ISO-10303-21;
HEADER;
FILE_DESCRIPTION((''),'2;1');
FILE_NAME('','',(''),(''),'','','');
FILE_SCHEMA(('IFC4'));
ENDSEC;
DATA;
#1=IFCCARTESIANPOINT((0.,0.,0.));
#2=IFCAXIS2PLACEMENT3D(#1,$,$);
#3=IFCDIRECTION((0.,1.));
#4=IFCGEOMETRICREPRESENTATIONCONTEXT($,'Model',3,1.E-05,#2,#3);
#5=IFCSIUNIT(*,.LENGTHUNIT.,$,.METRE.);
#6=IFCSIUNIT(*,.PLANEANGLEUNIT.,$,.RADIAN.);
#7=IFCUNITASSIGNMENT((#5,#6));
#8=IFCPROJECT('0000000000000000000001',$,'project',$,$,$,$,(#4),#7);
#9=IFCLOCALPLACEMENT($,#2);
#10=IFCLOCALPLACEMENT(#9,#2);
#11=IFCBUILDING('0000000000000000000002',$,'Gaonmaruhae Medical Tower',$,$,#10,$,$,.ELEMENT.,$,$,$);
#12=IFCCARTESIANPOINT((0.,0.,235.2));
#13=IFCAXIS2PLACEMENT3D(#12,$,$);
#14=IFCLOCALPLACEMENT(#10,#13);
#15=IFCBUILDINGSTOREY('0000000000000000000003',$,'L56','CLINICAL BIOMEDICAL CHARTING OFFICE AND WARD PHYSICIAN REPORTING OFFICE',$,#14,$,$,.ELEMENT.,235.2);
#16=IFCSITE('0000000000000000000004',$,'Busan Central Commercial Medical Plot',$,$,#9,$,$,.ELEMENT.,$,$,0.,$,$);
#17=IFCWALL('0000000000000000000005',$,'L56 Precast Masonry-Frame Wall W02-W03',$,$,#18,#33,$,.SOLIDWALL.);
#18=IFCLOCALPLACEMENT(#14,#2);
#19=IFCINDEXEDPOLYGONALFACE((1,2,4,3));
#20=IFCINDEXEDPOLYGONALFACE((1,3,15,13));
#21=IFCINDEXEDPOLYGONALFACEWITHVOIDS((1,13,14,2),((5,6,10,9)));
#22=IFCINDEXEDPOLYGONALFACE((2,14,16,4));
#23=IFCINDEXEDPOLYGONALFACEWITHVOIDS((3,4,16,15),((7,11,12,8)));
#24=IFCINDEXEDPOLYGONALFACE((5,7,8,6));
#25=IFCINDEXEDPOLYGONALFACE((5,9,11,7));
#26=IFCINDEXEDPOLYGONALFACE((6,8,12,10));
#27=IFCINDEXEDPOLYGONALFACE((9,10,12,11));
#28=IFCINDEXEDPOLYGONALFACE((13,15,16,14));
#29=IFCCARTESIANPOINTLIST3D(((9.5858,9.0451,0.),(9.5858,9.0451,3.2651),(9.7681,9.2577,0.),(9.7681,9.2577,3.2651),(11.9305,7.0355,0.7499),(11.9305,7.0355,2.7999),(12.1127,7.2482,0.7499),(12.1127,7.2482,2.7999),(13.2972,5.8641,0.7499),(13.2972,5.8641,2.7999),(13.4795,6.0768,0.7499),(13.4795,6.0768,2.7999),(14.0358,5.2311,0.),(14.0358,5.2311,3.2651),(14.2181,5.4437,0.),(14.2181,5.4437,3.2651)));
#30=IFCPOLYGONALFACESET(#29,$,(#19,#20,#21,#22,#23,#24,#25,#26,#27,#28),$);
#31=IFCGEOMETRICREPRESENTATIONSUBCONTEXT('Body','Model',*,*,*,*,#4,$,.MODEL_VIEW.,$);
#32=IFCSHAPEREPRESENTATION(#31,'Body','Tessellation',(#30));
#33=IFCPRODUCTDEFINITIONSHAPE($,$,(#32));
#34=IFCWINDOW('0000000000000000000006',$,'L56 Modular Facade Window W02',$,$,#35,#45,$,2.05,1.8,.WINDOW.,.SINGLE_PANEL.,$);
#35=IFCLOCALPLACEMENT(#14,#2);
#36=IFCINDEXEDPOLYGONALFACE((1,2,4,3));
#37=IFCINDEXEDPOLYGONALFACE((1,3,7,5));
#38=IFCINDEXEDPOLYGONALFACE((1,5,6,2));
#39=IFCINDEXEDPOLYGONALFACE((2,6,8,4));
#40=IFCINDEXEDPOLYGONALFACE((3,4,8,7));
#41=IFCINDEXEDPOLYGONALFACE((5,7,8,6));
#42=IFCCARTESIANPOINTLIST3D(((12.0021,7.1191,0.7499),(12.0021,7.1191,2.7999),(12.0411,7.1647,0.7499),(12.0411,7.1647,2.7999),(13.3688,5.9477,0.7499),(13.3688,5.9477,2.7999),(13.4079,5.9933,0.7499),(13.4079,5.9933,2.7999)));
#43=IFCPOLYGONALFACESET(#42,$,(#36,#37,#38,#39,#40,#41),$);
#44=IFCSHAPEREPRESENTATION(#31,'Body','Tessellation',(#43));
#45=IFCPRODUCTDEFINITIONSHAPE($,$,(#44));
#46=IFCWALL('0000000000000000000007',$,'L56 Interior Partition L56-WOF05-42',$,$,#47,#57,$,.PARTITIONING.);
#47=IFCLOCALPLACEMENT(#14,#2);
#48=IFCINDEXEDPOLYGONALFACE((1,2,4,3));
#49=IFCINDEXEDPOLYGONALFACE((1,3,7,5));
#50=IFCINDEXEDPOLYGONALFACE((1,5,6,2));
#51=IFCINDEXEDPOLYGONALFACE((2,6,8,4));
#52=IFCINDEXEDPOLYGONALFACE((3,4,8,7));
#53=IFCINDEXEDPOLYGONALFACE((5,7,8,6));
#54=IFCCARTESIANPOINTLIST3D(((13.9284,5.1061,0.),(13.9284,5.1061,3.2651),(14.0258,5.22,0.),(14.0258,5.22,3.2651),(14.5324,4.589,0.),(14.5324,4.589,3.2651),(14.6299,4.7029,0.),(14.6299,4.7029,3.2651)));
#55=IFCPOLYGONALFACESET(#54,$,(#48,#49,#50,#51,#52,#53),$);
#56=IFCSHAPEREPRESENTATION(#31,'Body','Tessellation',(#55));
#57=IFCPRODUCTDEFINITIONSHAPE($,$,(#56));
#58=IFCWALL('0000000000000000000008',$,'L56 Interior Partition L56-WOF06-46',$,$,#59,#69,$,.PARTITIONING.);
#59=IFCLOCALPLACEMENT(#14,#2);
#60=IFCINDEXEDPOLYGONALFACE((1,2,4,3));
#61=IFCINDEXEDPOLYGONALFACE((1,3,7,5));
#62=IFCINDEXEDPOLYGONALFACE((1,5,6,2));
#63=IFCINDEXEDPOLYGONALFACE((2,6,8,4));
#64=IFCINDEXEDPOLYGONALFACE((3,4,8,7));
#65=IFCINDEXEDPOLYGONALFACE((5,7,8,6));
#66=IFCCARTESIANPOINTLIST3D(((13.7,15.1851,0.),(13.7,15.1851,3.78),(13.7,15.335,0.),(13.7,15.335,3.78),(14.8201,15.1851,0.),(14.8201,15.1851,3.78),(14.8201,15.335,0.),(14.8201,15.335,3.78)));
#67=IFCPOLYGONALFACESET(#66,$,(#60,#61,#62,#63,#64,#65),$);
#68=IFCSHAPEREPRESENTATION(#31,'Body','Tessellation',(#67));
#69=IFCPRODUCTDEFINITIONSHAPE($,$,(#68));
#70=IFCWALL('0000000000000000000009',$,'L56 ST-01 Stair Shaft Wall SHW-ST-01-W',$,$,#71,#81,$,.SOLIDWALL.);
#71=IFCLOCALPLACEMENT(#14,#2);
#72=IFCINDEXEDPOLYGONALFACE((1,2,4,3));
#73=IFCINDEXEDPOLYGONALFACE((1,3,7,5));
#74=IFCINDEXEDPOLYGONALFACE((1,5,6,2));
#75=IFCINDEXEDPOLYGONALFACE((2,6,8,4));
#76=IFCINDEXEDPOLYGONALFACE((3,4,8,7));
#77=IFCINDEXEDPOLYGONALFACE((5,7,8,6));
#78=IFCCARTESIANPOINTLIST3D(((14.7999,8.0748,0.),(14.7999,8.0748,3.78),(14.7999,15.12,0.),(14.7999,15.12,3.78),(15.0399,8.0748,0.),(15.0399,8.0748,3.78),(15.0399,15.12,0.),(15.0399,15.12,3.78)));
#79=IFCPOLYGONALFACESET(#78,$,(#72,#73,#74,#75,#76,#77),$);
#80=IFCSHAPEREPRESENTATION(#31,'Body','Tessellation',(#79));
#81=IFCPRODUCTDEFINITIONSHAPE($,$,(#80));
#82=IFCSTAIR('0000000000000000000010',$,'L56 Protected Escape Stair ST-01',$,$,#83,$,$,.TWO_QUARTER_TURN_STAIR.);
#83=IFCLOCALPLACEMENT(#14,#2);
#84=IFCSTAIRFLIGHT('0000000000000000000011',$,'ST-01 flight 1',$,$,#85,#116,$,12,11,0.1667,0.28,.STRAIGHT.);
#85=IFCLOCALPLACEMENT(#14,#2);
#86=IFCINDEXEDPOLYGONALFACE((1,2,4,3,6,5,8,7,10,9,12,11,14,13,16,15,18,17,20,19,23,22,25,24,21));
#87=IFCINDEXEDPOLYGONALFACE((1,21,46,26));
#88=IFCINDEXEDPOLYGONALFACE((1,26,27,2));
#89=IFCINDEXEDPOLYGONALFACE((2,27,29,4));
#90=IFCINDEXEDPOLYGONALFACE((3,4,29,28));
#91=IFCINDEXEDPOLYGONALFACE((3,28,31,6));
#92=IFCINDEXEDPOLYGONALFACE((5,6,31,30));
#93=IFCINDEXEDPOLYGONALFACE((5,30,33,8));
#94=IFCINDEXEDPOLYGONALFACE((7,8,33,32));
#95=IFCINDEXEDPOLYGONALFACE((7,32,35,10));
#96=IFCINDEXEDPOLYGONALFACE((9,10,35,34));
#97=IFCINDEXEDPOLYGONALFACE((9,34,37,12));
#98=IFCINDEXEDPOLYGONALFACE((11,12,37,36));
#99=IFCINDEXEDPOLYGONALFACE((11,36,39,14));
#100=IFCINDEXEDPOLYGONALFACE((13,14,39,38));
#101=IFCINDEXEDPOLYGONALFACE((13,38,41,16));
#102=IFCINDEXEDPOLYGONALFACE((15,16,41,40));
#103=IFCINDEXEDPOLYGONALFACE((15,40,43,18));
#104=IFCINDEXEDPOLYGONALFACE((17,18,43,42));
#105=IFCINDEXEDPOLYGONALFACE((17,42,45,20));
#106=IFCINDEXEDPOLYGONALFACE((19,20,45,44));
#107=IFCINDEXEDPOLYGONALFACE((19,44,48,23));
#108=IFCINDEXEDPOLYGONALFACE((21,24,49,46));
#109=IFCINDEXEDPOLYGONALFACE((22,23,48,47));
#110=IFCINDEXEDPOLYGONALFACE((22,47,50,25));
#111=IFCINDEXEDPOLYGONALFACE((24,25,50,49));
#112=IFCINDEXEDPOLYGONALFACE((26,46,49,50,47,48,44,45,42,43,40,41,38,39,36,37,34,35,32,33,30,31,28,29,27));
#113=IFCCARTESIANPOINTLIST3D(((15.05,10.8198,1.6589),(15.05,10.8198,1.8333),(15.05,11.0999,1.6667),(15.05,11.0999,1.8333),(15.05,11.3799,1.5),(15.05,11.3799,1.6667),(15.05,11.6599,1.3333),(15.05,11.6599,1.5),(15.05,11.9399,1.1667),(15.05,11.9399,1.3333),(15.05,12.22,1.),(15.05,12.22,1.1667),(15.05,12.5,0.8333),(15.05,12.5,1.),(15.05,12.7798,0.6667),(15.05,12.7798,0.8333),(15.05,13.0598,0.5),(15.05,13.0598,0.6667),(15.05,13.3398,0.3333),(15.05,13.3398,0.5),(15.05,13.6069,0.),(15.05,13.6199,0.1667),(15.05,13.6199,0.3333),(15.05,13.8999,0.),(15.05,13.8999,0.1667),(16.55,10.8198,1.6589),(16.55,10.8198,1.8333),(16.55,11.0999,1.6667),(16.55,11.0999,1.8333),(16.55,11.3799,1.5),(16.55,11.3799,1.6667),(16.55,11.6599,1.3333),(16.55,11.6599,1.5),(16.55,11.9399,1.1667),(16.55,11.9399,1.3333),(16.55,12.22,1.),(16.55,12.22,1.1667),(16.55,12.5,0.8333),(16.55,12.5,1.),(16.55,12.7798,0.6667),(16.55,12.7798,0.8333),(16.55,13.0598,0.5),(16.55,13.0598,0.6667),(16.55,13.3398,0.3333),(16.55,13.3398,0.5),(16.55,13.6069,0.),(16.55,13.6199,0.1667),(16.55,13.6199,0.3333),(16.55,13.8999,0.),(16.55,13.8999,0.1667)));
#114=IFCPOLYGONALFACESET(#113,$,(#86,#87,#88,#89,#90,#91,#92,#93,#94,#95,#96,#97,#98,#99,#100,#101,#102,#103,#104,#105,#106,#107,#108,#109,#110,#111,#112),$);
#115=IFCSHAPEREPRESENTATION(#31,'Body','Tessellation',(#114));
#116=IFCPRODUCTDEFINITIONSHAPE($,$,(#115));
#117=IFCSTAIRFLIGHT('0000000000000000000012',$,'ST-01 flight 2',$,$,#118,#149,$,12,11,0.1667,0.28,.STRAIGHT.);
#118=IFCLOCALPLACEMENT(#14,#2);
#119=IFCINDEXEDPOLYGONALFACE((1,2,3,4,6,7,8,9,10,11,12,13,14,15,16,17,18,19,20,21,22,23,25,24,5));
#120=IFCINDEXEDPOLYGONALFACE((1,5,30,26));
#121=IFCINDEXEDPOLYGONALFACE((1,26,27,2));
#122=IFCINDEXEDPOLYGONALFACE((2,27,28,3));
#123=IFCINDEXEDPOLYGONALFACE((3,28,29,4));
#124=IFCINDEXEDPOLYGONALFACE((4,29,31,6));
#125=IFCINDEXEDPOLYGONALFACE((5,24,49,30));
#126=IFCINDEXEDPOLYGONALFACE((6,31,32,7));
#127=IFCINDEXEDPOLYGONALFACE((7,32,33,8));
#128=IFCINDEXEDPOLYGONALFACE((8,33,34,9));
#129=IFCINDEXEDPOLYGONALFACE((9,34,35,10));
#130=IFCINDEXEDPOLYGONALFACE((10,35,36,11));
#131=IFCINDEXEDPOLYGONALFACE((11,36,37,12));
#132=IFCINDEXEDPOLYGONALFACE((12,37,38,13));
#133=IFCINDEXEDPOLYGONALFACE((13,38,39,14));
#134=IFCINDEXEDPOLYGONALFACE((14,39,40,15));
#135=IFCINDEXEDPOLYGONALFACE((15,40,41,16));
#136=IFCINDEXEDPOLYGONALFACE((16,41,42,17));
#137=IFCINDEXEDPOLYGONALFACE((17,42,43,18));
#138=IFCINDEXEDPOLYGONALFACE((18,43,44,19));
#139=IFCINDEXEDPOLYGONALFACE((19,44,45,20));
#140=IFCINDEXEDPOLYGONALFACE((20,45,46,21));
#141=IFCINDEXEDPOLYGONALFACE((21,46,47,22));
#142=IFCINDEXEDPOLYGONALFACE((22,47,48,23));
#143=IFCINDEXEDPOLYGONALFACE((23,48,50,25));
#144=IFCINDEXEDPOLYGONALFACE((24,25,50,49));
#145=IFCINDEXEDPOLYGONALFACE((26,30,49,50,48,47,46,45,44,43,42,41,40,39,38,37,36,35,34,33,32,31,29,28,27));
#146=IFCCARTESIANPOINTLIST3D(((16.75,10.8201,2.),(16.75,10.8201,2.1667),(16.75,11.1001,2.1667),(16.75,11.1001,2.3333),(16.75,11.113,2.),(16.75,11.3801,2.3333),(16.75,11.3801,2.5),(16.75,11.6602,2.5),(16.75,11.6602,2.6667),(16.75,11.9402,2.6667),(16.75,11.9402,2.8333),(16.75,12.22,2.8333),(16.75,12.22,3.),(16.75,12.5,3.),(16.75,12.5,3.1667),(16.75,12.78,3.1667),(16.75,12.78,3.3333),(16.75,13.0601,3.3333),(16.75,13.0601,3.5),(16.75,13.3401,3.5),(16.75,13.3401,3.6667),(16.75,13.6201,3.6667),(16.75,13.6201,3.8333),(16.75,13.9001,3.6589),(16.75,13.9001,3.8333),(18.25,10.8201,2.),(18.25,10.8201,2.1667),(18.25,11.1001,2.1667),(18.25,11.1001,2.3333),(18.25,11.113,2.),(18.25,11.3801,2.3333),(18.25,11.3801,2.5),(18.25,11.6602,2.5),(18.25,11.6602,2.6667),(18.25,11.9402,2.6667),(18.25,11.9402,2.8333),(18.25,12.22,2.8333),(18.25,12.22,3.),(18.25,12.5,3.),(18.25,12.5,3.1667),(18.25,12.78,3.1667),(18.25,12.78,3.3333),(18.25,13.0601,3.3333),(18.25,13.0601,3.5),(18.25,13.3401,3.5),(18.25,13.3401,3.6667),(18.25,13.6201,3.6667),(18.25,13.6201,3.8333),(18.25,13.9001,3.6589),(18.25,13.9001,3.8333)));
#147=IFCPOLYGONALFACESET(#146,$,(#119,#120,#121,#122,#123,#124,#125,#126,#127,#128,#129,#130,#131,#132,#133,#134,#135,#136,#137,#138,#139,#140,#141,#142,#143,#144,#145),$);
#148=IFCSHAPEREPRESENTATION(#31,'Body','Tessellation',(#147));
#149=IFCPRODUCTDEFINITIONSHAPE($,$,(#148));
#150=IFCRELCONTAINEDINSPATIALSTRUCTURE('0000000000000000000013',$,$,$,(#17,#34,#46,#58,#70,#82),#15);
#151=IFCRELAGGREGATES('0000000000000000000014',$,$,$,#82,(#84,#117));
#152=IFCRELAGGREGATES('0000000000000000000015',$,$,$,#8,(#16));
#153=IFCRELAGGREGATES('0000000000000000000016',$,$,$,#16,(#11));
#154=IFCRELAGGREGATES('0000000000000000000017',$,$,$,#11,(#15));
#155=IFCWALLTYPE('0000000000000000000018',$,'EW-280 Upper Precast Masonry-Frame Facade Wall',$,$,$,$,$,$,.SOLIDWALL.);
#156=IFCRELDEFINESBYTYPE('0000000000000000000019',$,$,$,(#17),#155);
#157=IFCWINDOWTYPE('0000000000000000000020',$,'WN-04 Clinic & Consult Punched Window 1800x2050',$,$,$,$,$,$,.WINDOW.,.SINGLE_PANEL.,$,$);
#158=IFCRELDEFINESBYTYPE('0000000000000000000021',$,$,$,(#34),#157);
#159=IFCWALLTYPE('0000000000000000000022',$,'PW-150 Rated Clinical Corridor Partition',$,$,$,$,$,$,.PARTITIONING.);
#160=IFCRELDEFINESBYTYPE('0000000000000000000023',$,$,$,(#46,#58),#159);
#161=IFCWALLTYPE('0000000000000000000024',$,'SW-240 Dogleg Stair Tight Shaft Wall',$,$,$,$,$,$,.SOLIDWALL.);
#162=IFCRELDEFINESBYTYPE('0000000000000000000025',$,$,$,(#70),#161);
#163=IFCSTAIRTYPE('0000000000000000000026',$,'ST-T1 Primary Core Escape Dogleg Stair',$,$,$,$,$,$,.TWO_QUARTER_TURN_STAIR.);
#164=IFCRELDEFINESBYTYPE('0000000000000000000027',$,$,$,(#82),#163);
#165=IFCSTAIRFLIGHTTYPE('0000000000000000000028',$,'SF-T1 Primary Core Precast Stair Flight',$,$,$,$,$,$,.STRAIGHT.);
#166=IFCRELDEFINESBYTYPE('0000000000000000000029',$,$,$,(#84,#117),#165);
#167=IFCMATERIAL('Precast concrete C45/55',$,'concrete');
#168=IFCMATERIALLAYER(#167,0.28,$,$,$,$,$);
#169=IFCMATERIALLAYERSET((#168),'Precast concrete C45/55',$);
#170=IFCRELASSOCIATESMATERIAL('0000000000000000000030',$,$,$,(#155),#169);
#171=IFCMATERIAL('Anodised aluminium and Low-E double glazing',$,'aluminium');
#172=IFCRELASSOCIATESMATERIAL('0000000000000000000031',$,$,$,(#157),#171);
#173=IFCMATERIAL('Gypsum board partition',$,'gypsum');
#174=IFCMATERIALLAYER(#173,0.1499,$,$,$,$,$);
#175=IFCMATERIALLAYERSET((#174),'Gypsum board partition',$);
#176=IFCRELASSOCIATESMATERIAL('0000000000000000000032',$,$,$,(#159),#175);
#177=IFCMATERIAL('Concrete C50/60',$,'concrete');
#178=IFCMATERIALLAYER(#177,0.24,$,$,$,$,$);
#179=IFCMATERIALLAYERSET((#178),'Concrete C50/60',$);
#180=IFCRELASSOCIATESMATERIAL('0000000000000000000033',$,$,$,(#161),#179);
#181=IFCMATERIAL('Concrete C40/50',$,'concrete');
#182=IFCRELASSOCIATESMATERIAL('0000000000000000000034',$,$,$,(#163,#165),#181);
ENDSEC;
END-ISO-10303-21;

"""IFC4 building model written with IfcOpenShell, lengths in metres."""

from ifc_helpers import new_model, si_unit, direction, frame, frame_2d, origin, place, context, subcontext, project, spatial, polyline, rectangle, outline, extrude, material, layer, layer_set, type_object, element, fill, aggregate, save


model = new_model("IFC4")

# Units and contexts
model_context = context("Model", 3, precision=1e-05, world=origin(), true_north=direction((0.0, 1.0)))
body_context = subcontext(model_context, "Body", "Model", "MODEL_VIEW")
ifc_project = project(units=[si_unit("LENGTHUNIT", "METRE"), si_unit("PLANEANGLEUNIT", "RADIAN")], contexts=[model_context])

# Site, building, storey
site_placement = place(None, origin())
site = spatial("IfcSite", under=ifc_project, at=site_placement, Name="Busan Central Commercial Medical Plot", CompositionType="ELEMENT", RefElevation=0.0)
building_placement = place(site_placement, origin())
building = spatial("IfcBuilding", under=site, at=building_placement, Name="Gaonmaruhae Medical Tower", CompositionType="ELEMENT")
storey_placement = place(building_placement, frame((0.0, 0.0, 235.2)))
storey = spatial("IfcBuildingStorey", under=building, at=storey_placement, Name="L56", Description="CLINICAL BIOMEDICAL CHARTING OFFICE AND WARD PHYSICIAN REPORTING OFFICE", CompositionType="ELEMENT", Elevation=235.2)

# Shared definitions
ifc_material_1 = material(Name="Concrete C50/60", Category="concrete")

# Wall, opening, window
ifc_material_2 = material(Name="Precast concrete C45/55", Category="concrete")
ifc_layer_1 = layer(ifc_material_2, 0.28)
ifc_layer_set_1 = layer_set([ifc_layer_1], Name="Precast concrete C45/55")
wall_type_1 = type_object("IfcWallType", Name="EW-280 Upper Precast Masonry-Frame Facade Wall", PredefinedType="SOLIDWALL", material=ifc_layer_set_1)
wall_1_placement = place(storey_placement, frame((14.127, 5.3374, 0.0), z_axis=(0.0, 0.0, 1.0), x_axis=(-0.75928, 0.650764, 0.0)))
wall_1 = element("IfcWall", 1, at=wall_1_placement, inside=storey, type_object=wall_type_1, Name="L56 Precast Masonry-Frame Wall W02-W03", PredefinedType="SOLIDWALL", context=body_context, shape_type="SweptSolid", body=[
    extrude(rectangle(XDim=5.8608, YDim=0.28, at=frame_2d((2.9304, 0.0))), origin(), (0.0, 0.0, 1.0), 3.2651),
])
opening_1_placement = place(wall_1_placement, frame((0.9729, 0.0, 0.75)))
opening_1 = element("IfcOpeningElement", 2, at=opening_1_placement, cuts=wall_1, PredefinedType="OPENING", context=body_context, shape_type="SweptSolid", body=[
    extrude(rectangle(XDim=1.8, YDim=2.05, at=frame_2d((0.8999, 1.0249))), frame((0.0, 0.1499, 0.0), z_axis=(0.0, -1.0, 0.0), x_axis=(1.0, 0.0, 0.0)), (0.0, 0.0, 1.0), 0.3),
])
ifc_material_3 = material(Name="Anodised aluminium and Low-E double glazing", Category="aluminium")
window_type = type_object("IfcWindowType", Name="WN-04 Clinic & Consult Punched Window 1800x2050", PartitioningType="SINGLE_PANEL", PredefinedType="WINDOW", material=ifc_material_3)
window_placement = place(opening_1_placement, origin())
window = element("IfcWindow", 3, at=window_placement, inside=storey, type_object=window_type, Name="L56 Modular Facade Window W02", OverallHeight=2.05, OverallWidth=1.8, PartitioningType="SINGLE_PANEL", PredefinedType="WINDOW", context=body_context, shape_type="SweptSolid", body=[
    extrude(rectangle(XDim=1.8, YDim=2.05, at=frame_2d((0.8999, 1.0249))), frame((0.0, 0.03, 0.0), z_axis=(0.0, -1.0, 0.0), x_axis=(1.0, 0.0, 0.0)), (0.0, 0.0, 1.0), 0.0601),
])
fill(opening_1, window)

# Walls
ifc_material_4 = material(Name="Gypsum board partition", Category="gypsum")
ifc_layer_2 = layer(ifc_material_4, 0.1499)
ifc_layer_set_2 = layer_set([ifc_layer_2], Name="Gypsum board partition")
wall_type_2 = type_object("IfcWallType", Name="PW-150 Rated Clinical Corridor Partition", PredefinedType="PARTITIONING", material=ifc_layer_set_2)
wall_2_placement = place(storey_placement, frame((14.5811, 4.646, 0.0), z_axis=(0.0, 0.0, 1.0), x_axis=(-0.759647, 0.650336, 0.0)))
element("IfcWall", 4, at=wall_2_placement, inside=storey, type_object=wall_type_2, Name="L56 Interior Partition L56-WOF05-42", PredefinedType="PARTITIONING", context=body_context, shape_type="SweptSolid", body=[
    extrude(rectangle(XDim=0.7952, YDim=0.1499, at=frame_2d((0.3975, 0.0))), origin(), (0.0, 0.0, 1.0), 3.2651),
])
wall_3_placement = place(storey_placement, frame((14.8201, 15.26, 0.0), z_axis=(0.0, 0.0, 1.0), x_axis=(-1.0, 0.0, 0.0)))
element("IfcWall", 5, at=wall_3_placement, inside=storey, type_object=wall_type_2, Name="L56 Interior Partition L56-WOF06-46", PredefinedType="PARTITIONING", context=body_context, shape_type="SweptSolid", body=[
    extrude(rectangle(XDim=1.1201, YDim=0.1499, at=frame_2d((0.5601, 0.0))), origin(), (0.0, 0.0, 1.0), 3.78),
])

# Shared definitions
ifc_layer_3 = layer(ifc_material_1, 0.24)
ifc_layer_set_3 = layer_set([ifc_layer_3], Name="Concrete C50/60")
wall_type_3 = type_object("IfcWallType", Name="SW-240 Dogleg Stair Tight Shaft Wall", PredefinedType="SOLIDWALL", material=ifc_layer_set_3)

# Wall
wall_4_placement = place(storey_placement, frame((14.9199, 8.075, 0.0), z_axis=(0.0, 0.0, 1.0), x_axis=(0.0, 1.0, 0.0)))
element("IfcWall", 6, at=wall_4_placement, inside=storey, type_object=wall_type_3, Name="L56 ST-01 Stair Shaft Wall SHW-ST-01-W", PredefinedType="SOLIDWALL", context=body_context, shape_type="SweptSolid", body=[
    extrude(rectangle(XDim=7.0452, YDim=0.24, at=frame_2d((3.5225, 0.0))), origin(), (0.0, 0.0, 1.0), 3.78),
])

# Stair, stair flights
ifc_material_5 = material(Name="Concrete C40/50", Category="concrete")
stair_type = type_object("IfcStairType", Name="ST-T1 Primary Core Escape Dogleg Stair", PredefinedType="TWO_QUARTER_TURN_STAIR", material=ifc_material_5)
stair_placement = place(storey_placement, origin())
stair = element("IfcStair", 7, at=stair_placement, inside=storey, type_object=stair_type, Name="L56 Protected Escape Stair ST-01", PredefinedType="TWO_QUARTER_TURN_STAIR")
stair_flight_type = type_object("IfcStairFlightType", Name="SF-T1 Primary Core Precast Stair Flight", PredefinedType="STRAIGHT", material=ifc_material_5)
stair_flight_1_placement = place(storey_placement, frame((15.8, 13.8999, 0.0), z_axis=(0.0, 0.0, 1.0), x_axis=(0.0, -1.0, 0.0)))
stair_flight_1 = element("IfcStairFlight", 8, at=stair_flight_1_placement, type_object=stair_flight_type, Name="ST-01 flight 1", NumberOfRisers=12, NumberOfTreads=11, PredefinedType="STRAIGHT", RiserHeight=0.1667, TreadLength=0.28, context=body_context, shape_type="SweptSolid", body=[
    extrude(outline(polyline([(0.0, 0.0), (0.0, 0.1667), (0.28, 0.1667), (0.28, 0.3333), (0.5601, 0.3333), (0.5601, 0.5), (0.8401, 0.5), (0.8401, 0.6667), (1.1201, 0.6667), (1.1201, 0.8333), (1.3999, 0.8333), (1.3999, 1.0), (1.6799, 1.0), (1.6799, 1.1667), (1.96, 1.1667), (1.96, 1.3333), (2.24, 1.3333), (2.24, 1.5), (2.52, 1.5), (2.52, 1.6667), (2.8, 1.6667), (2.8, 1.8333), (3.0801, 1.8333), (3.0801, 2.0), (3.0801, 1.6589), (0.293, 0.0), (0.0, 0.0)])), frame((0.0, 0.75, 0.0), z_axis=(0.0, -1.0, 0.0), x_axis=(1.0, 0.0, 0.0)), (0.0, 0.0, 1.0), 1.5),
])
stair_flight_2_placement = place(storey_placement, frame((17.5, 10.8201, 2.0), z_axis=(0.0, 0.0, 1.0), x_axis=(0.0, 1.0, 0.0)))
stair_flight_2 = element("IfcStairFlight", 9, at=stair_flight_2_placement, type_object=stair_flight_type, Name="ST-01 flight 2", NumberOfRisers=12, NumberOfTreads=11, PredefinedType="STRAIGHT", RiserHeight=0.1667, TreadLength=0.28, context=body_context, shape_type="SweptSolid", body=[
    extrude(outline(polyline([(0.0, 0.0), (0.0, 0.1667), (0.28, 0.1667), (0.28, 0.3333), (0.5601, 0.3333), (0.5601, 0.5), (0.8401, 0.5), (0.8401, 0.6667), (1.1201, 0.6667), (1.1201, 0.8333), (1.3999, 0.8333), (1.3999, 1.0), (1.6799, 1.0), (1.6799, 1.1667), (1.96, 1.1667), (1.96, 1.3333), (2.24, 1.3333), (2.24, 1.5), (2.52, 1.5), (2.52, 1.6667), (2.8, 1.6667), (2.8, 1.8333), (3.0801, 1.8333), (3.0801, 2.0), (3.0801, 1.6589), (0.293, 0.0), (0.0, 0.0)])), frame((0.0, 0.75, 0.0), z_axis=(0.0, -1.0, 0.0), x_axis=(1.0, 0.0, 0.0)), (0.0, 0.0, 1.0), 1.5),
])
aggregate(stair, [stair_flight_1, stair_flight_2])

save(model, "model.ifc")
